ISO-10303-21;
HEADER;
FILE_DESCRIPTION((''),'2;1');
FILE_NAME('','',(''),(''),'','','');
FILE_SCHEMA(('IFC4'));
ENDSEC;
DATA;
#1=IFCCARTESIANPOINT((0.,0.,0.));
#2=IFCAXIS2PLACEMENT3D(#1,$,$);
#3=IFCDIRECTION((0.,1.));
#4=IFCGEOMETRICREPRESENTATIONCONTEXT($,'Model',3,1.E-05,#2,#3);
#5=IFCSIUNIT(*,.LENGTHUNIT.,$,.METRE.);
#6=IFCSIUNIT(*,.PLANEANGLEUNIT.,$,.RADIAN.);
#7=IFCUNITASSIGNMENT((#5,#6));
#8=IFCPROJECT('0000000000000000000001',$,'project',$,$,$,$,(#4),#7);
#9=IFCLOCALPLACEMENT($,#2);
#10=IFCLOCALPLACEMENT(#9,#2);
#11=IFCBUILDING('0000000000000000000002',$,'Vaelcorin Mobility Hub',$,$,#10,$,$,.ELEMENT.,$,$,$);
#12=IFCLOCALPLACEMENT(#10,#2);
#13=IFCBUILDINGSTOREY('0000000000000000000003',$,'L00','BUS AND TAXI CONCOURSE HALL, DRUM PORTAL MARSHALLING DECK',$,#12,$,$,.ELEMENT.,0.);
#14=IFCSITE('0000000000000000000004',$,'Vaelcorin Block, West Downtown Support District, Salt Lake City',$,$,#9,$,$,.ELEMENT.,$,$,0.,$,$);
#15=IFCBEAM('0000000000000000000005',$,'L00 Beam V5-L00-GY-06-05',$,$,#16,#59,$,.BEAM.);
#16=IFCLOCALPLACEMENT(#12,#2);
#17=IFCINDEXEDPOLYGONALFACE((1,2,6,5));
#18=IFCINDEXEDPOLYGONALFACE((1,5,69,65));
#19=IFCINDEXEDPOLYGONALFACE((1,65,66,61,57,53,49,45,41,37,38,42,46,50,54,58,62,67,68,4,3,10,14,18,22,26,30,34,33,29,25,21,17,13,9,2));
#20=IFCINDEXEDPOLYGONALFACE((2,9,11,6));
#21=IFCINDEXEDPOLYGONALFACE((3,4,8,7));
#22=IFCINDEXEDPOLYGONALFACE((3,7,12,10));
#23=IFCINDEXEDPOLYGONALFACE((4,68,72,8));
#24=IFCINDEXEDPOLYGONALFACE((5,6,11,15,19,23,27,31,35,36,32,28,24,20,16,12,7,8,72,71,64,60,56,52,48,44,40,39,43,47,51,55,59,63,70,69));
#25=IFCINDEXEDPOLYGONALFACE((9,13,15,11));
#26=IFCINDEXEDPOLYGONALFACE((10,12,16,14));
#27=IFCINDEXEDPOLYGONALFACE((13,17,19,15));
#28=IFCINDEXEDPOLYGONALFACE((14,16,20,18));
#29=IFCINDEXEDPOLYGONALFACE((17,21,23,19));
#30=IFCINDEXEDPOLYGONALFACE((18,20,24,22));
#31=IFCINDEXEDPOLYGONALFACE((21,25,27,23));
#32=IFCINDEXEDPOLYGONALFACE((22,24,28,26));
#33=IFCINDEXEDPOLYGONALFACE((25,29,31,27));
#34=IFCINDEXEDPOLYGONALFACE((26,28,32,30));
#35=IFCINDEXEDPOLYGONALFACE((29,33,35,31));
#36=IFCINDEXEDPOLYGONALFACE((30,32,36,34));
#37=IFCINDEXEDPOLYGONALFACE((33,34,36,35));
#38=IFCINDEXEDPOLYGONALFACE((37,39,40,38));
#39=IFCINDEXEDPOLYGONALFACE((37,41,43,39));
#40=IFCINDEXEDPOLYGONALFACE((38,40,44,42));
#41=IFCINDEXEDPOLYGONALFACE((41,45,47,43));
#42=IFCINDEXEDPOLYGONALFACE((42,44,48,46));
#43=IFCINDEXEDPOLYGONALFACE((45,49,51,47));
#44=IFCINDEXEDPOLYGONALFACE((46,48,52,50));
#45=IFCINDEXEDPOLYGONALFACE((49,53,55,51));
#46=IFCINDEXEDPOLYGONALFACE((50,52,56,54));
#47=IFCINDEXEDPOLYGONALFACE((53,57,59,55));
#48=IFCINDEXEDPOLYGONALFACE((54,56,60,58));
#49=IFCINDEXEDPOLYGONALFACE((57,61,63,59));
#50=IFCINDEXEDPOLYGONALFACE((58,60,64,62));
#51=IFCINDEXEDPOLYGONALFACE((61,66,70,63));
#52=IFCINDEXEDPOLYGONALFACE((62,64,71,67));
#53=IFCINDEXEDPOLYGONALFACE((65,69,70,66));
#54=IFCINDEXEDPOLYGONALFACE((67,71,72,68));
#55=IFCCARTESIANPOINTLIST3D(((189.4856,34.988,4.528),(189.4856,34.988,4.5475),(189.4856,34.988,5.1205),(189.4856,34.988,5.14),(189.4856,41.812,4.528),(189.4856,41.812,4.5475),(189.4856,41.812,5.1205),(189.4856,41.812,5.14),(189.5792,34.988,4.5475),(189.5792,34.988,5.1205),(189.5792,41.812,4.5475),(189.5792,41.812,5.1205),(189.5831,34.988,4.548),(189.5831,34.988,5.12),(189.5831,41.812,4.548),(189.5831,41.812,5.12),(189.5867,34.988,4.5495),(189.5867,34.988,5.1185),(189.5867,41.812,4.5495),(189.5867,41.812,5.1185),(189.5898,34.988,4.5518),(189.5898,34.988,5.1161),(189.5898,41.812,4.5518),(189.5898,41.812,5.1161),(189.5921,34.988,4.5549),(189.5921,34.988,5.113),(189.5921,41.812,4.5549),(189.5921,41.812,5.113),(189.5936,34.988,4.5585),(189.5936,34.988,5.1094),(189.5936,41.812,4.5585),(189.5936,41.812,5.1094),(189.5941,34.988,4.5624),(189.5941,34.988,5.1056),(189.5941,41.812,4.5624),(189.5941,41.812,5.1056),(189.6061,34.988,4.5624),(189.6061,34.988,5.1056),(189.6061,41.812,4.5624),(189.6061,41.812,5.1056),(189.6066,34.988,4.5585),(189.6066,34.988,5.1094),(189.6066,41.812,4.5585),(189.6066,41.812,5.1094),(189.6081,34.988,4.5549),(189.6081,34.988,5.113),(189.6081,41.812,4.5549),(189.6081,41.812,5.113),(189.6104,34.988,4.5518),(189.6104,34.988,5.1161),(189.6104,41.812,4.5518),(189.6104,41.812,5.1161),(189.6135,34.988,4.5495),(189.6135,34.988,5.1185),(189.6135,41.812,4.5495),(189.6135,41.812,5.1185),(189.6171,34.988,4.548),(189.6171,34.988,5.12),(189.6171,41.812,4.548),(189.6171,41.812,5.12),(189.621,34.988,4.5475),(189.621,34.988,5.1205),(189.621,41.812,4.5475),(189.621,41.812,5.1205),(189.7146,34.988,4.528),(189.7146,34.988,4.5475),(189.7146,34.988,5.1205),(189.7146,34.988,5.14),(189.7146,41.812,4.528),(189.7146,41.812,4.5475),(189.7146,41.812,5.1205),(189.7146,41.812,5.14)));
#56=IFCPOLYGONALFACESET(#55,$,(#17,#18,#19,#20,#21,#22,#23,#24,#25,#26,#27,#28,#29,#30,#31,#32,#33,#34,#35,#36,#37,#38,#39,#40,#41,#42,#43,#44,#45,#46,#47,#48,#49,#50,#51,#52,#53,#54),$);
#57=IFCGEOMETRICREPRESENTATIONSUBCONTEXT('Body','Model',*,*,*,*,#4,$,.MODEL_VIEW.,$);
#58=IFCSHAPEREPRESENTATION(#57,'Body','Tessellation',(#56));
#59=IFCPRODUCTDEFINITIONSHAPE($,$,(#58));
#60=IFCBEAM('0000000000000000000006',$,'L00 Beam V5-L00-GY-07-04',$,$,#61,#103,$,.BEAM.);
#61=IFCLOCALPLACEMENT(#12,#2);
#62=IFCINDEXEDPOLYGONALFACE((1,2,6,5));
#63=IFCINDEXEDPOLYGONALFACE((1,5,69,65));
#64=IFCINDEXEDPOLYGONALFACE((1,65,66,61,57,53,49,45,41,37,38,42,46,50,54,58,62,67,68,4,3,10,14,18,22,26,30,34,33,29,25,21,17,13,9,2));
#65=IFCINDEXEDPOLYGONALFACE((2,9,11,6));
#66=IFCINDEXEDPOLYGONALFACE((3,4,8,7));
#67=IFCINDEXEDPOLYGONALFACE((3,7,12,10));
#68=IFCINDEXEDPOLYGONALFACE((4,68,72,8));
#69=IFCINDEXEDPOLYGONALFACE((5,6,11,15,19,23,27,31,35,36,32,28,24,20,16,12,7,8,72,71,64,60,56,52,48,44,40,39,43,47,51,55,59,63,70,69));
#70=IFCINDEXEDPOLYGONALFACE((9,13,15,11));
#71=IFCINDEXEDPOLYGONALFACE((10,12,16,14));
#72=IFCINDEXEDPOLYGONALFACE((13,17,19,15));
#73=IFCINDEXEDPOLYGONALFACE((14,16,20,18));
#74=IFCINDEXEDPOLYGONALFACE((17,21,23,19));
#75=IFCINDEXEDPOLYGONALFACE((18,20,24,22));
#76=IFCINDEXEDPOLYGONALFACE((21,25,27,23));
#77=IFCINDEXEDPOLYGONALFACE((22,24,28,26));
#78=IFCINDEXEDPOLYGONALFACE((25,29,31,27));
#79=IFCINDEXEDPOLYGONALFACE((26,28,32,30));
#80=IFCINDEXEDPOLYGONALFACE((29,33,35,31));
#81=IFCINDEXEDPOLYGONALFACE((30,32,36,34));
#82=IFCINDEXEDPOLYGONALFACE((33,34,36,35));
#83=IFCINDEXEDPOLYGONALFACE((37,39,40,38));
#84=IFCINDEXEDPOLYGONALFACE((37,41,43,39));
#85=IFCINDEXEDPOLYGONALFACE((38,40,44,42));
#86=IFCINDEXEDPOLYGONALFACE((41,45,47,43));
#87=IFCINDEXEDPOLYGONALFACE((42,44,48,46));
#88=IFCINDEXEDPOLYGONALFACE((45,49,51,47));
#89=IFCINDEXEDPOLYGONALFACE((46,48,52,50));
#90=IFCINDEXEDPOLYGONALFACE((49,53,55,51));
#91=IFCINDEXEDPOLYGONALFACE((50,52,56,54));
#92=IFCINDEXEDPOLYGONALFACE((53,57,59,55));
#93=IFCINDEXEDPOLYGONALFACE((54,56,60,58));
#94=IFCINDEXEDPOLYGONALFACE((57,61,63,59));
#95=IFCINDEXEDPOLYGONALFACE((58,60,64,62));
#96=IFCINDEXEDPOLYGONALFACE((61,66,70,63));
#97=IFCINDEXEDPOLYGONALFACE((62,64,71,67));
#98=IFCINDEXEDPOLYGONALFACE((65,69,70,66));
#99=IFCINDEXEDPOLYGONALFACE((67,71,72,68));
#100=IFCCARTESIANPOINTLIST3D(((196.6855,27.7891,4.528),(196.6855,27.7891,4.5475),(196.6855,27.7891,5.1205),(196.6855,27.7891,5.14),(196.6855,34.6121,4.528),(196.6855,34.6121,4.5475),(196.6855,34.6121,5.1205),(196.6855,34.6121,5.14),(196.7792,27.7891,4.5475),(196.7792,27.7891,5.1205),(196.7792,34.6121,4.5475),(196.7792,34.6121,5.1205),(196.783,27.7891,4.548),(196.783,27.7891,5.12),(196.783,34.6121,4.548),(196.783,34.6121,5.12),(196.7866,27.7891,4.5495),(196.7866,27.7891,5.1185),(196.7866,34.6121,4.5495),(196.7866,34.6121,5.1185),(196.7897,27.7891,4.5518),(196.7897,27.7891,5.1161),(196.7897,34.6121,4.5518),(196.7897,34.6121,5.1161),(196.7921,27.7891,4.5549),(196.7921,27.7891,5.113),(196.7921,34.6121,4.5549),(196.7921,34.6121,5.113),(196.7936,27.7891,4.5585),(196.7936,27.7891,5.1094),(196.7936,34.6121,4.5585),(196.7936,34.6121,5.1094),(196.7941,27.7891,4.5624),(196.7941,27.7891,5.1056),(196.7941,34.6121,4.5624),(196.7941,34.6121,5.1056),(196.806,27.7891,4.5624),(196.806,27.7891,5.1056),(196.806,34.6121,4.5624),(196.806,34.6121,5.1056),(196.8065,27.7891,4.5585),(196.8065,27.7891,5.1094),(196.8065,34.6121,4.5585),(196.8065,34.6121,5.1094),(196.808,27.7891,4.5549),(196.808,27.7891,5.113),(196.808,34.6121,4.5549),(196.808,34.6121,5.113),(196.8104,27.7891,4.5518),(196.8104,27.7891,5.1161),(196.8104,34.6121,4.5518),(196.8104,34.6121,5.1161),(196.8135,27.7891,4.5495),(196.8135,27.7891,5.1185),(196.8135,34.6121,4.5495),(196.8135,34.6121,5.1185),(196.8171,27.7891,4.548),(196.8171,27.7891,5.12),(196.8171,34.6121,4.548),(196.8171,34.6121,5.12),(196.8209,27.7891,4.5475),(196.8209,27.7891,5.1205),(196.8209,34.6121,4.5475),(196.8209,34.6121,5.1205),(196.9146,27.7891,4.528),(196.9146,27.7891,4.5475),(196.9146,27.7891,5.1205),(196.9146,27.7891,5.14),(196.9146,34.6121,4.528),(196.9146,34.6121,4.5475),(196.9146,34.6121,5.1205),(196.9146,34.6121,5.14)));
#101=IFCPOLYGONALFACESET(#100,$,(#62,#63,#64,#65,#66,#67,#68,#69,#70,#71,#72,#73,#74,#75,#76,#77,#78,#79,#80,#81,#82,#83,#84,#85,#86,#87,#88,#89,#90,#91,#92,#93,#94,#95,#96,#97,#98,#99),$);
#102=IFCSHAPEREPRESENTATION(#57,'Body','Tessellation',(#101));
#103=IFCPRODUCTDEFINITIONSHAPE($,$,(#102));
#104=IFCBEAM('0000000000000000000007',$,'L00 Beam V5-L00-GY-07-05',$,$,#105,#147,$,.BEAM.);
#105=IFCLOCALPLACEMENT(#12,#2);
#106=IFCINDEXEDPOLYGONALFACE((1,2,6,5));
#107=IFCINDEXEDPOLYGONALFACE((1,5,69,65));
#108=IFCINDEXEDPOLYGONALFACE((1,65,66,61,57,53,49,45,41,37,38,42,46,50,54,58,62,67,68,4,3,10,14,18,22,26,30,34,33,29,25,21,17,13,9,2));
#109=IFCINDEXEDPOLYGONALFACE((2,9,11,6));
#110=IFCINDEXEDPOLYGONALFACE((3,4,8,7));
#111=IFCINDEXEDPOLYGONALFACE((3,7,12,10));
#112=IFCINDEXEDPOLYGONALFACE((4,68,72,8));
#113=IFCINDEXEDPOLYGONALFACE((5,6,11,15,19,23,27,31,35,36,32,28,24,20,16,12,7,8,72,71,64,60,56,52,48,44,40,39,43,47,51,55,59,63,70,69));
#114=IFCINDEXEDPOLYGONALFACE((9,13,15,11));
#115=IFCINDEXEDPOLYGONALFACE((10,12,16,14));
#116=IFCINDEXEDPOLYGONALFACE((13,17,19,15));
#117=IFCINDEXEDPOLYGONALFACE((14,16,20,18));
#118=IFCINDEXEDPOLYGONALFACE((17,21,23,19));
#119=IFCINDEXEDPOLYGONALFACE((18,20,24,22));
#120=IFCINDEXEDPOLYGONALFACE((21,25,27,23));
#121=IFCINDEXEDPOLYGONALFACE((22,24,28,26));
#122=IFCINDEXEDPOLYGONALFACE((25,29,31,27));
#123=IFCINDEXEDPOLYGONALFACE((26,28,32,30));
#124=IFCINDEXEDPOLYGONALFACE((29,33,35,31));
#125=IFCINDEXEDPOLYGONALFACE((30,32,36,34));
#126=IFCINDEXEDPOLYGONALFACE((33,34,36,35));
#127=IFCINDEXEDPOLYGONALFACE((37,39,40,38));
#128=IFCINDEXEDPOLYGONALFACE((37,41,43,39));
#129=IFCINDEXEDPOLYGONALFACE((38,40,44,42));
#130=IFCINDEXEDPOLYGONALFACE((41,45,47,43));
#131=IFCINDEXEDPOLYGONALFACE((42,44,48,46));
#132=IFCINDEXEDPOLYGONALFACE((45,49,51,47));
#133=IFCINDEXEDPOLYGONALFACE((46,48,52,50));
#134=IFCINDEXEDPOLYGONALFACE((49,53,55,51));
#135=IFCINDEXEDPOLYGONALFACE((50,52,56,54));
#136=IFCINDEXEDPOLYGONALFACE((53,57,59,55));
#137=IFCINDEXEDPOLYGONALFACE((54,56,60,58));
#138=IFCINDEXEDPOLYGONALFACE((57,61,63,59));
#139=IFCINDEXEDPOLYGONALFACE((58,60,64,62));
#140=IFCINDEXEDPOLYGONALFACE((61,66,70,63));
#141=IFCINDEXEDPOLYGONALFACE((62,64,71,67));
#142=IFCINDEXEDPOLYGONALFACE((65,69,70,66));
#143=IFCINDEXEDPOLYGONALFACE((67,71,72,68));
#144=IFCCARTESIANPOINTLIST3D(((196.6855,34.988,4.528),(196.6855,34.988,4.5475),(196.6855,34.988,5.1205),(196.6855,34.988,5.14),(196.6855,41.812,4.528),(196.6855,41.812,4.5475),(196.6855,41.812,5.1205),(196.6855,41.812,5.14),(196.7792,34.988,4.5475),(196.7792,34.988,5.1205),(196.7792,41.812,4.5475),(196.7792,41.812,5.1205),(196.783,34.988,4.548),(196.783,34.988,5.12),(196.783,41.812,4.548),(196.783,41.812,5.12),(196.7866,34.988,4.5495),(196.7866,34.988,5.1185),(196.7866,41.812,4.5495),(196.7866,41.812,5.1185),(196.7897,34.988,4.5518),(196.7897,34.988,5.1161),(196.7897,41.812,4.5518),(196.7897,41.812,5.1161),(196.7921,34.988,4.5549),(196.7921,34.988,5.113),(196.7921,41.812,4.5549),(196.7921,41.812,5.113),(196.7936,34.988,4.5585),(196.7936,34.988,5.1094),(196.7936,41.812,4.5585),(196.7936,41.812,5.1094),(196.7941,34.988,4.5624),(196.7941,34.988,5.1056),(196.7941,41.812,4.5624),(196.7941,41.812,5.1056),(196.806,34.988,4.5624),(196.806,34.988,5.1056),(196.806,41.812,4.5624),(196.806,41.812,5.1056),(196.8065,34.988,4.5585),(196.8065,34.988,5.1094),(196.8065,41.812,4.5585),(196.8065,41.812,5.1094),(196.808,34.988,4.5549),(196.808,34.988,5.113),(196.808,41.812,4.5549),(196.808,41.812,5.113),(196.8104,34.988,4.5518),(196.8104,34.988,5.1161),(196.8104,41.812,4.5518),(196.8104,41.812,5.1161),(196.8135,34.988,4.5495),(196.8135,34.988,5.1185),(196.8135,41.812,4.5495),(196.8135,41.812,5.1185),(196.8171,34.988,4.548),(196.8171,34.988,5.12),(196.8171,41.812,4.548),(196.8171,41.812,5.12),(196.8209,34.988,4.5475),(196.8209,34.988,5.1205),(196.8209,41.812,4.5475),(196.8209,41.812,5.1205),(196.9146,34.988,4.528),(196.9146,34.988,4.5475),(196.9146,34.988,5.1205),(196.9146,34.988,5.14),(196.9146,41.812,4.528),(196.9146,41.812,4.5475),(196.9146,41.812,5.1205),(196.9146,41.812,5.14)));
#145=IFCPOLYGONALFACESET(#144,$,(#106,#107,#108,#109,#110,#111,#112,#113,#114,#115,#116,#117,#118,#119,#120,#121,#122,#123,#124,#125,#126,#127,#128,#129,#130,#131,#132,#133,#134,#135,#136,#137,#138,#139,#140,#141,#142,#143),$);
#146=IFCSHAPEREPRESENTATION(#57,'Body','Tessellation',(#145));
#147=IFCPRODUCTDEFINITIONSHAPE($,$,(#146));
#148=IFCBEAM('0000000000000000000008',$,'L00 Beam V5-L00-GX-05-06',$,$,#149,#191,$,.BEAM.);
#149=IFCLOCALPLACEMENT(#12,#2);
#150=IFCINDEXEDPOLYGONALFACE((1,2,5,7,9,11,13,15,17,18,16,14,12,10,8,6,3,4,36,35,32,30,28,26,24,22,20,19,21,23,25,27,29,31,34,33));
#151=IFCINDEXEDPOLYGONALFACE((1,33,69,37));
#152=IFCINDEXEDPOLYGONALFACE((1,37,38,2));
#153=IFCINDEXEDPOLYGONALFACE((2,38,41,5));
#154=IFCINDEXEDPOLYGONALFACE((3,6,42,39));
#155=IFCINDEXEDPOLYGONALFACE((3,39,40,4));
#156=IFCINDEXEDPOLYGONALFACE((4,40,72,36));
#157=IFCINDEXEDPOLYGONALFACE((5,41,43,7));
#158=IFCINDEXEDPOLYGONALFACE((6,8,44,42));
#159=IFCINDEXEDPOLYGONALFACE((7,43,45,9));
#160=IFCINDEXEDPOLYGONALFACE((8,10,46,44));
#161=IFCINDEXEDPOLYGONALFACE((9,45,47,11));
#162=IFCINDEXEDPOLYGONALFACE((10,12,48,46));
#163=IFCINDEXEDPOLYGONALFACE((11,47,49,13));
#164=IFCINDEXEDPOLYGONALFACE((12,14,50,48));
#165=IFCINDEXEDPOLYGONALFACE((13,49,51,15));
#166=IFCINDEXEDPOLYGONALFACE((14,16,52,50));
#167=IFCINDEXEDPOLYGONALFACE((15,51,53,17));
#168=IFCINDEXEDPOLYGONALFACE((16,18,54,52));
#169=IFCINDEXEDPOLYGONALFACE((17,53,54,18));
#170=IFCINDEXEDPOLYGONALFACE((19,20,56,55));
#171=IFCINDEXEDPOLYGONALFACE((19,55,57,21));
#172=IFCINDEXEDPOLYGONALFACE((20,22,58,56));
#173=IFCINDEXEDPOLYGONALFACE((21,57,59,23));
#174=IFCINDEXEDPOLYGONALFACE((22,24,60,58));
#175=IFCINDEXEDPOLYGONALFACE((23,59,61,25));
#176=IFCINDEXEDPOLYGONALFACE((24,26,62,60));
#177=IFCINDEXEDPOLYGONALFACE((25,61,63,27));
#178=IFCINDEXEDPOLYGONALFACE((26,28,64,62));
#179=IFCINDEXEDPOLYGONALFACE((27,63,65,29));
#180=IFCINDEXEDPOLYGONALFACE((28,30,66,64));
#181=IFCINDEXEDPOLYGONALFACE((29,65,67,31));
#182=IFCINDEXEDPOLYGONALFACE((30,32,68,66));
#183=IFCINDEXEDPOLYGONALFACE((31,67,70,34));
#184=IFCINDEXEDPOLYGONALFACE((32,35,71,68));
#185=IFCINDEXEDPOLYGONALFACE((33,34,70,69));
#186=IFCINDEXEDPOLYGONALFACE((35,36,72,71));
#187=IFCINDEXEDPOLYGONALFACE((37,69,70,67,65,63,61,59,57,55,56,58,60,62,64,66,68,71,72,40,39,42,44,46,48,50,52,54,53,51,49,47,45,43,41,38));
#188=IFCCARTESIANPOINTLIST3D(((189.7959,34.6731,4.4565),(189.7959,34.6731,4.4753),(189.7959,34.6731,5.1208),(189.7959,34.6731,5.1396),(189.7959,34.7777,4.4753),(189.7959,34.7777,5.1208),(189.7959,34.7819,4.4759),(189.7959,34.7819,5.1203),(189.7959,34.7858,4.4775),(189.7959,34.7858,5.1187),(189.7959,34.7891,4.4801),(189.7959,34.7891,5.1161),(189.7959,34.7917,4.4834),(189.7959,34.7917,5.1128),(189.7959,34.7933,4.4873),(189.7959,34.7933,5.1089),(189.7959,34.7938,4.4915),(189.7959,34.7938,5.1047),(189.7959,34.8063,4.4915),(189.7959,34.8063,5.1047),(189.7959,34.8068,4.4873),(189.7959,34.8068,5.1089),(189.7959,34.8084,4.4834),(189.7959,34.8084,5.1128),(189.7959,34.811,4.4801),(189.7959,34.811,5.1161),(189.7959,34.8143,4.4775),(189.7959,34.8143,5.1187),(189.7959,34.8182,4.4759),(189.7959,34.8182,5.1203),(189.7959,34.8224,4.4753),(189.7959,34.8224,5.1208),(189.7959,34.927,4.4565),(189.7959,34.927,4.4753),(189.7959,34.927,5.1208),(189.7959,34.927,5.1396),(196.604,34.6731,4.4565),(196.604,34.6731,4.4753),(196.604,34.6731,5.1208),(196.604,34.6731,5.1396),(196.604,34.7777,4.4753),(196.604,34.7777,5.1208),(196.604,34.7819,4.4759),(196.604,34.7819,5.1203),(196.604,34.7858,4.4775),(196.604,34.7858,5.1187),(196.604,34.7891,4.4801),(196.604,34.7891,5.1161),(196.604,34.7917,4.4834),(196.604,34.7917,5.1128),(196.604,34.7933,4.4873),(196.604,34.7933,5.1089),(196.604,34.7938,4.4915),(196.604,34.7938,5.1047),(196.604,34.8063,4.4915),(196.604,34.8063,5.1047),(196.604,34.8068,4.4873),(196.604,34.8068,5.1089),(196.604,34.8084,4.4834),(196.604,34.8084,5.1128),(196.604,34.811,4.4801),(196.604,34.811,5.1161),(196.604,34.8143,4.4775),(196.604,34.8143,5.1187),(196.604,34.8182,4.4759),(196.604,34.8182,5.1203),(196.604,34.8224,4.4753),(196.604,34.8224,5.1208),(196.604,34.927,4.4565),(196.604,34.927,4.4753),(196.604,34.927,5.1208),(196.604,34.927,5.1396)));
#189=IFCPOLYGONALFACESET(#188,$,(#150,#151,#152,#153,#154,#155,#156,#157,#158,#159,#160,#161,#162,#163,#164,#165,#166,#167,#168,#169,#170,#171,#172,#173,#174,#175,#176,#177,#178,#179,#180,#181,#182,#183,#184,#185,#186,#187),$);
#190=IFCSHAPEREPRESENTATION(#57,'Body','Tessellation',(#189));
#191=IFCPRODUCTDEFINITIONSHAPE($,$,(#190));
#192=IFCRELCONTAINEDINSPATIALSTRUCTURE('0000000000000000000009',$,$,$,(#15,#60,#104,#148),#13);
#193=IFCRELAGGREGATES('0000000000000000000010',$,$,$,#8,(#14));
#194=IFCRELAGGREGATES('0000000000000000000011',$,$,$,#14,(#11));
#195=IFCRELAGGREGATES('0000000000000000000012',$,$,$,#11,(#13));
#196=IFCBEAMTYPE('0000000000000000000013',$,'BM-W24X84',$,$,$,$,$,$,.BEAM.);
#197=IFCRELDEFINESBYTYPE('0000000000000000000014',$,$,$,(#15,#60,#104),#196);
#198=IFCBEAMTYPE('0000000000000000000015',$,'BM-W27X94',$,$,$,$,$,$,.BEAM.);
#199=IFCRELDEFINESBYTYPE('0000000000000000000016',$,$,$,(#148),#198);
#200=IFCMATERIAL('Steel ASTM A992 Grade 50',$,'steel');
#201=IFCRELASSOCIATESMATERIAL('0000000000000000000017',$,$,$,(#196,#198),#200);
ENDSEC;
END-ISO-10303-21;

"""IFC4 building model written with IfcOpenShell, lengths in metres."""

from ifc_helpers import new_model, si_unit, direction, frame, origin, origin_2d, place, context, subcontext, project, spatial, i_section, extrude, material, material_profile, profile_set, type_object, element, save


model = new_model("IFC4")

# Units and contexts
model_context = context("Model", 3, precision=1e-05, world=origin(), true_north=direction((0.0, 1.0)))
body_context = subcontext(model_context, "Body", "Model", "MODEL_VIEW")
ifc_project = project(units=[si_unit("LENGTHUNIT", "METRE"), si_unit("PLANEANGLEUNIT", "RADIAN")], contexts=[model_context])

# Site, building, storey
site_placement = place(None, origin())
site = spatial("IfcSite", under=ifc_project, at=site_placement, Name="Vaelcorin Block, West Downtown Support District, Salt Lake City", CompositionType="ELEMENT", RefElevation=0.0)
building_placement = place(site_placement, origin())
building = spatial("IfcBuilding", under=site, at=building_placement, Name="Vaelcorin Mobility Hub", CompositionType="ELEMENT")
storey_placement = place(building_placement, origin())
storey = spatial("IfcBuildingStorey", under=building, at=storey_placement, Name="L00", Description="BUS AND TAXI CONCOURSE HALL, DRUM PORTAL MARSHALLING DECK", CompositionType="ELEMENT", Elevation=0.0)

# Shared definitions
ifc_material_1 = material(Name="Steel ASTM A992 Grade 50", Category="steel")

# Beams
ifc_material_profile_1 = material_profile(ifc_material_1, i_section(OverallWidth=0.229, OverallDepth=0.6121, WebThickness=0.012, FlangeThickness=0.0195, FilletRadius=0.0149, at=origin_2d()), Name="W24X84")
ifc_profile_set_1 = profile_set([ifc_material_profile_1], Name="Steel ASTM A992 Grade 50")
beam_type_1 = type_object("IfcBeamType", Name="BM-W24X84", PredefinedType="BEAM", material=ifc_profile_set_1)
beam_1_placement = place(storey_placement, frame((189.6001, 34.988, 4.834), z_axis=(0.0, 1.0, 0.0), x_axis=(-1.0, 0.0, 0.0)))
element("IfcBeam", 1, at=beam_1_placement, inside=storey, type_object=beam_type_1, Name="L00 Beam V5-L00-GY-06-05", PredefinedType="BEAM", context=body_context, shape_type="SweptSolid", body=[
    extrude(i_section(OverallWidth=0.229, OverallDepth=0.6121, WebThickness=0.012, FlangeThickness=0.0195, FilletRadius=0.0149, at=origin_2d()), origin(), (0.0, 0.0, 1.0), 6.824),
])
beam_2_placement = place(storey_placement, frame((196.8, 27.7891, 4.834), z_axis=(0.0, 1.0, 0.0), x_axis=(-1.0, 0.0, 0.0)))
element("IfcBeam", 2, at=beam_2_placement, inside=storey, type_object=beam_type_1, Name="L00 Beam V5-L00-GY-07-04", PredefinedType="BEAM", context=body_context, shape_type="SweptSolid", body=[
    extrude(i_section(OverallWidth=0.229, OverallDepth=0.6121, WebThickness=0.012, FlangeThickness=0.0195, FilletRadius=0.0149, at=origin_2d()), origin(), (0.0, 0.0, 1.0), 6.823),
])
beam_3_placement = place(storey_placement, frame((196.8, 34.988, 4.834), z_axis=(0.0, 1.0, 0.0), x_axis=(-1.0, 0.0, 0.0)))
element("IfcBeam", 3, at=beam_3_placement, inside=storey, type_object=beam_type_1, Name="L00 Beam V5-L00-GY-07-05", PredefinedType="BEAM", context=body_context, shape_type="SweptSolid", body=[
    extrude(i_section(OverallWidth=0.229, OverallDepth=0.6121, WebThickness=0.012, FlangeThickness=0.0195, FilletRadius=0.0149, at=origin_2d()), origin(), (0.0, 0.0, 1.0), 6.824),
])
ifc_material_profile_2 = material_profile(ifc_material_1, i_section(OverallWidth=0.2539, OverallDepth=0.6831, WebThickness=0.0125, FlangeThickness=0.0188, FilletRadius=0.0161, at=origin_2d()), Name="W27X94")
ifc_profile_set_2 = profile_set([ifc_material_profile_2], Name="Steel ASTM A992 Grade 50")
beam_type_2 = type_object("IfcBeamType", Name="BM-W27X94", PredefinedType="BEAM", material=ifc_profile_set_2)
beam_4_placement = place(storey_placement, frame((189.7959, 34.8, 4.7981), z_axis=(1.0, 0.0, 0.0), x_axis=(0.0, 1.0, 0.0)))
element("IfcBeam", 4, at=beam_4_placement, inside=storey, type_object=beam_type_2, Name="L00 Beam V5-L00-GX-05-06", PredefinedType="BEAM", context=body_context, shape_type="SweptSolid", body=[
    extrude(i_section(OverallWidth=0.2539, OverallDepth=0.6831, WebThickness=0.0125, FlangeThickness=0.0188, FilletRadius=0.0161, at=origin_2d()), origin(), (0.0, 0.0, 1.0), 6.8081),
])

save(model, "model.ifc")
